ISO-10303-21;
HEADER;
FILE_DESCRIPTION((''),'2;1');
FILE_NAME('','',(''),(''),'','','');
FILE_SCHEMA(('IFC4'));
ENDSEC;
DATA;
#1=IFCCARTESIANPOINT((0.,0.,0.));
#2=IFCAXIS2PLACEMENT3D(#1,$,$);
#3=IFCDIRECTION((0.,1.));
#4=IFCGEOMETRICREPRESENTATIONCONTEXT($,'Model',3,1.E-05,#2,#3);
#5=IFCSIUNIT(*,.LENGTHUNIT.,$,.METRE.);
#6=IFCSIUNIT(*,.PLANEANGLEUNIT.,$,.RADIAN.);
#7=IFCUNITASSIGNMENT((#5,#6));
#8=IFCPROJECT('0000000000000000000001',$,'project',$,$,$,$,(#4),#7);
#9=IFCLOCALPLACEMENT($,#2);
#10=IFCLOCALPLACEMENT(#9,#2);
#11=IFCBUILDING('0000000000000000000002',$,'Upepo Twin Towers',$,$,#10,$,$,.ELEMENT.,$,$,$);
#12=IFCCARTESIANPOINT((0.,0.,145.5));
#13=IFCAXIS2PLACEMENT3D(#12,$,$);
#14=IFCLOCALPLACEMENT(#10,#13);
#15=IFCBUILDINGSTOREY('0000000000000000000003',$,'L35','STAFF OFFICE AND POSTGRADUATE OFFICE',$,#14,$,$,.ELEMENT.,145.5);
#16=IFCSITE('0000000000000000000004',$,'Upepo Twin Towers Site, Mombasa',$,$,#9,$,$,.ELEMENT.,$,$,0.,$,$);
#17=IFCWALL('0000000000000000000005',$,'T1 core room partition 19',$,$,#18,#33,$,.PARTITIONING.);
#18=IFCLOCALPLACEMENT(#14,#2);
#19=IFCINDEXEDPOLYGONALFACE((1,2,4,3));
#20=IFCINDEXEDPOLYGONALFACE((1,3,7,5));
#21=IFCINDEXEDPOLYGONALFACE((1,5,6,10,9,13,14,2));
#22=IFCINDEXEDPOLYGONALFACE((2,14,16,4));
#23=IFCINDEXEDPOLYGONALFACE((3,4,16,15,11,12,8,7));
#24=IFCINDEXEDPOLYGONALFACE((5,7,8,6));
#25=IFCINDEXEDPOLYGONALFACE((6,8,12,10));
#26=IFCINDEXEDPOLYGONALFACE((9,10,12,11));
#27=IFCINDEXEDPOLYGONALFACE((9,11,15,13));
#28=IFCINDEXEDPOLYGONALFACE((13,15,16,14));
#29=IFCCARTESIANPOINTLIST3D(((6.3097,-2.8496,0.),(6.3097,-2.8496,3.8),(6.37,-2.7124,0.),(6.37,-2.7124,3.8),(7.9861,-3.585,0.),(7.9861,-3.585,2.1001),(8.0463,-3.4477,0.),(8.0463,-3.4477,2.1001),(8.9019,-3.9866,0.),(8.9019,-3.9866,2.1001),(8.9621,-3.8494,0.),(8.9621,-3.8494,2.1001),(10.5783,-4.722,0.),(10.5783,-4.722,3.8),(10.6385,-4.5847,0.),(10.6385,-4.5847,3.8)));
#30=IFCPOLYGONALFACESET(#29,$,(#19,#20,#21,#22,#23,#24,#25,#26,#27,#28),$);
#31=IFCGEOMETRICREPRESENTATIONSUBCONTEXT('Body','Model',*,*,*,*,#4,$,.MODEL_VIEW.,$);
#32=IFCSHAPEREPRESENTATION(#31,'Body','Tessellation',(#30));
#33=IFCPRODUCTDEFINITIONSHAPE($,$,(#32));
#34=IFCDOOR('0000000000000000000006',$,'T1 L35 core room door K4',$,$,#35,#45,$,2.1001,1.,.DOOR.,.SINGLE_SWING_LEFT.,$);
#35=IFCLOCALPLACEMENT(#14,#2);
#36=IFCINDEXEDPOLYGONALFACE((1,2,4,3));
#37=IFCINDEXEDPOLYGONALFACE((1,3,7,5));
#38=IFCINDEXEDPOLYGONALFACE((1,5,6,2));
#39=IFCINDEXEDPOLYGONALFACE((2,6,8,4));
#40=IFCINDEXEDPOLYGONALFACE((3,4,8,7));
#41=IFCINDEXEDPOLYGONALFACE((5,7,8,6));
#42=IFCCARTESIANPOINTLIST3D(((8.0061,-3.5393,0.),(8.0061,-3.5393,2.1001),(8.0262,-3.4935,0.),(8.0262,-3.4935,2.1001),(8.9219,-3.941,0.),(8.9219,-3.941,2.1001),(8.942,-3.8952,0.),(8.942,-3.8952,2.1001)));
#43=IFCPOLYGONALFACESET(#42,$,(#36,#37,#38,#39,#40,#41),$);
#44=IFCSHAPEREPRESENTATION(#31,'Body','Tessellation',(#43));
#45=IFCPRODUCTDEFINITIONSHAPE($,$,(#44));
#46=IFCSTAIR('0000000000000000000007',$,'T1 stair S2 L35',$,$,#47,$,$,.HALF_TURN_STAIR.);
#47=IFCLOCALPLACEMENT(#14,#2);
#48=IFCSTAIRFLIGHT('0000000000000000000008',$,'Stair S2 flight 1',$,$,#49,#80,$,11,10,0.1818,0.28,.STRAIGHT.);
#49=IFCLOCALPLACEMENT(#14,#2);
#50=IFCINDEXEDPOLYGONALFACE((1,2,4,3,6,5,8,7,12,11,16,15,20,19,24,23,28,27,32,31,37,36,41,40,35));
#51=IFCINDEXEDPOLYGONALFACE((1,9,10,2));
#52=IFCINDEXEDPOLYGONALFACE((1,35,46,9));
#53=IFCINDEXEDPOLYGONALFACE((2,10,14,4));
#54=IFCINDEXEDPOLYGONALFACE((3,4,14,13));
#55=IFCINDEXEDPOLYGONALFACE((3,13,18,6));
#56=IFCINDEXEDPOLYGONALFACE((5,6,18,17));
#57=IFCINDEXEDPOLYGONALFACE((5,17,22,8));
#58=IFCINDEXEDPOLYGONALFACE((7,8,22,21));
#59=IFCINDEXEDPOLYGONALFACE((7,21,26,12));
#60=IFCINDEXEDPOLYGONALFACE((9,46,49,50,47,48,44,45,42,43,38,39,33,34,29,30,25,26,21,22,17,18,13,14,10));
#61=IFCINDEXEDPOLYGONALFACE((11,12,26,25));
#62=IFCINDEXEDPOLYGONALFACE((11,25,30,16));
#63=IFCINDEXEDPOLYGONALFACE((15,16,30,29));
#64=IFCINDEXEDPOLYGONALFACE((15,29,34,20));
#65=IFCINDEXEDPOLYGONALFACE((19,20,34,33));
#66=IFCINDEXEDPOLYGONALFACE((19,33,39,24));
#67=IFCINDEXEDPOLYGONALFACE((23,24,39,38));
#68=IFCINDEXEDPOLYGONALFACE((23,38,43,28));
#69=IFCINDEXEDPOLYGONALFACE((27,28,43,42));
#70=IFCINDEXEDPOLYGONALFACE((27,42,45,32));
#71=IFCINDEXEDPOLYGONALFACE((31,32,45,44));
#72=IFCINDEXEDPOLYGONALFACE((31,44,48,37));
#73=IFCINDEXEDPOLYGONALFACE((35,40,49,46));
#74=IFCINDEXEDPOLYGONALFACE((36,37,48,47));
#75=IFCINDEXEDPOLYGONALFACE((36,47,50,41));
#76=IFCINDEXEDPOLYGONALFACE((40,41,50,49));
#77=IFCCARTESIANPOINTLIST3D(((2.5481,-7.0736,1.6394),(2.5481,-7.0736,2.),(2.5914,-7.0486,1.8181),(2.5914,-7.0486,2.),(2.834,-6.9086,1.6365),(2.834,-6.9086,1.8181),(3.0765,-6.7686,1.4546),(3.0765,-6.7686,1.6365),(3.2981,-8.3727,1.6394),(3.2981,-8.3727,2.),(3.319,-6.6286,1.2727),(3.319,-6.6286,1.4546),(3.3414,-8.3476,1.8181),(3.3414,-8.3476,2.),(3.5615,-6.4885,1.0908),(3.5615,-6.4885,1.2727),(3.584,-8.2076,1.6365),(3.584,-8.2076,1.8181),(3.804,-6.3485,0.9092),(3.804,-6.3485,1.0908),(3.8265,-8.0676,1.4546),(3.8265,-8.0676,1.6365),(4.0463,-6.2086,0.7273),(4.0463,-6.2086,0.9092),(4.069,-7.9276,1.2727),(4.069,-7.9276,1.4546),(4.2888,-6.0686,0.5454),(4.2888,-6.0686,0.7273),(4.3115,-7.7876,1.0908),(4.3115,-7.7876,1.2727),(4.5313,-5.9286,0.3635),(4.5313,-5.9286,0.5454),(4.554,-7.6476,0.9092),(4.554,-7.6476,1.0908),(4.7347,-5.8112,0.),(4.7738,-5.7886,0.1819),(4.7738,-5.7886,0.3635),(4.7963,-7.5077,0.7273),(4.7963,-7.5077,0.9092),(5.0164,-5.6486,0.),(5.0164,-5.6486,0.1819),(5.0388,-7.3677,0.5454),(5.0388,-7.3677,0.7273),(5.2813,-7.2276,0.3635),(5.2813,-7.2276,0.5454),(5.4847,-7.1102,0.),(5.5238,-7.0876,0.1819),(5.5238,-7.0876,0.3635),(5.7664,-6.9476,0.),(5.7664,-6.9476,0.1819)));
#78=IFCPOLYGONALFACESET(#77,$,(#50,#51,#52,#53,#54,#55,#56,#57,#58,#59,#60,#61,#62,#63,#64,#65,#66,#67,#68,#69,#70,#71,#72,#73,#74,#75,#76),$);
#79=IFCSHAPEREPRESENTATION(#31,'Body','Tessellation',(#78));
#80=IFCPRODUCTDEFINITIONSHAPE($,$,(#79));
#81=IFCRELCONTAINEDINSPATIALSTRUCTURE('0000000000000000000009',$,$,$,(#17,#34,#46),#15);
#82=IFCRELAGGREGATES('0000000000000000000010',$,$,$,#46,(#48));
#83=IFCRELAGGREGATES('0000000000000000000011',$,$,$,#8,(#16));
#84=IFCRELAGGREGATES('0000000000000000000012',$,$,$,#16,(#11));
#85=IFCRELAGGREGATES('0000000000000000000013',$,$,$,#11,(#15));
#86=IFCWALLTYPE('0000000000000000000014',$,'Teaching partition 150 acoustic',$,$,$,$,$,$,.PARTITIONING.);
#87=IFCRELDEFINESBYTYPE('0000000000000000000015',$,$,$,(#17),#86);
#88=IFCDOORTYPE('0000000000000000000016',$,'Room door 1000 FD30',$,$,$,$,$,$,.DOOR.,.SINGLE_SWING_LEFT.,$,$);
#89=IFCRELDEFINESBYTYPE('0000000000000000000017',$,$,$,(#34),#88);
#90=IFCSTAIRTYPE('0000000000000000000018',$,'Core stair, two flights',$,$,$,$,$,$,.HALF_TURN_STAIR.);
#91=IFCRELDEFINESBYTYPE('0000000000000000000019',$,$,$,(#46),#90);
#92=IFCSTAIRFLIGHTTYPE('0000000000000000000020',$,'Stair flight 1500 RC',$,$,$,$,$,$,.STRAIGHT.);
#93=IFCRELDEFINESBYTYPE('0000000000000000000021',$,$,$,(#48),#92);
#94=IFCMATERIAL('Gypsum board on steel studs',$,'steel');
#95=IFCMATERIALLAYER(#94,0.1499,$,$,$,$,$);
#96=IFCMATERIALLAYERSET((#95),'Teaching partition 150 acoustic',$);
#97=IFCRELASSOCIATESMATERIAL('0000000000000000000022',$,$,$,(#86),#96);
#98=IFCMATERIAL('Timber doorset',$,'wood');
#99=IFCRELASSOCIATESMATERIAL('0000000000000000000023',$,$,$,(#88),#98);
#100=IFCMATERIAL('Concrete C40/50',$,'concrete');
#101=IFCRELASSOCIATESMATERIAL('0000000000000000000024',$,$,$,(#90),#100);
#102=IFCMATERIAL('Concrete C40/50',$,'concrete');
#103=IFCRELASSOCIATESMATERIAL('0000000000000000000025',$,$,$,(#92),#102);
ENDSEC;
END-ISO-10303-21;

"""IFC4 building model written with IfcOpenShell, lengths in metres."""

from ifc_helpers import new_model, si_unit, direction, frame, frame_2d, origin, place, context, subcontext, project, spatial, polyline, rectangle, outline, extrude, material, layer, layer_set, type_object, element, fill, aggregate, save


model = new_model("IFC4")

# Units and contexts
model_context = context("Model", 3, precision=1e-05, world=origin(), true_north=direction((0.0, 1.0)))
body_context = subcontext(model_context, "Body", "Model", "MODEL_VIEW")
ifc_project = project(units=[si_unit("LENGTHUNIT", "METRE"), si_unit("PLANEANGLEUNIT", "RADIAN")], contexts=[model_context])

# Site, building, storey
site_placement = place(None, origin())
site = spatial("IfcSite", under=ifc_project, at=site_placement, Name="Upepo Twin Towers Site, Mombasa", CompositionType="ELEMENT", RefElevation=0.0)
building_placement = place(site_placement, origin())
building = spatial("IfcBuilding", under=site, at=building_placement, Name="Upepo Twin Towers", CompositionType="ELEMENT")
storey_placement = place(building_placement, frame((0.0, 0.0, 145.5)))
storey = spatial("IfcBuildingStorey", under=building, at=storey_placement, Name="L35", Description="STAFF OFFICE AND POSTGRADUATE OFFICE", CompositionType="ELEMENT", Elevation=145.5)

# Shared definitions
ifc_material_1 = material(Name="Gypsum board on steel studs", Category="steel")
ifc_layer_1 = layer(ifc_material_1, 0.1499)
ifc_layer_set_1 = layer_set([ifc_layer_1], Name="Teaching partition 150 acoustic")
wall_type_1 = type_object("IfcWallType", Name="Teaching partition 150 acoustic", PredefinedType="PARTITIONING", material=ifc_layer_set_1)

# Shared definitions
ifc_material_2 = material(Name="Timber doorset", Category="wood")
door_type_1 = type_object("IfcDoorType", Name="Room door 1000 FD30", OperationType="SINGLE_SWING_LEFT", PredefinedType="DOOR", material=ifc_material_2)

# Wall, opening, door
wall_1_placement = place(storey_placement, frame((6.3398, -2.781, 0.0), z_axis=(0.0, 0.0, 1.0), x_axis=(0.915777, -0.401687, 0.0)))
wall_1 = element("IfcWall", 1, at=wall_1_placement, inside=storey, type_object=wall_type_1, Name="T1 core room partition 19", PredefinedType="PARTITIONING", context=body_context, shape_type="SweptSolid", body=[
    extrude(rectangle(XDim=4.6611, YDim=0.1499, at=frame_2d((2.3306, 0.0))), origin(), (0.0, 0.0, 1.0), 3.8),
])
opening_1_placement = place(wall_1_placement, frame((1.8306, 0.0, 0.0)))
opening_1 = element("IfcOpeningElement", 2, at=opening_1_placement, cuts=wall_1, PredefinedType="OPENING", context=body_context, shape_type="SweptSolid", body=[
    extrude(rectangle(XDim=1.0, YDim=2.1001, at=frame_2d((0.5, 1.05))), frame((0.0, 0.085, 0.0), z_axis=(0.0, -1.0, 0.0), x_axis=(1.0, 0.0, 0.0)), (0.0, 0.0, 1.0), 0.1699),
])
door_1_placement = place(opening_1_placement, origin())
door_1 = element("IfcDoor", 3, at=door_1_placement, inside=storey, type_object=door_type_1, Name="T1 L35 core room door K4", OperationType="SINGLE_SWING_LEFT", OverallHeight=2.1001, OverallWidth=1.0, PredefinedType="DOOR", context=body_context, shape_type="SweptSolid", body=[
    extrude(rectangle(XDim=1.0, YDim=2.1001, at=frame_2d((0.5, 1.05))), frame((0.0, 0.0249, 0.0), z_axis=(0.0, -1.0, 0.0), x_axis=(1.0, 0.0, 0.0)), (0.0, 0.0, 1.0), 0.05),
])
fill(opening_1, door_1)

# Stair, stair flight
ifc_material_3 = material(Name="Concrete C40/50", Category="concrete")
stair_type = type_object("IfcStairType", Name="Core stair, two flights", PredefinedType="HALF_TURN_STAIR", material=ifc_material_3)
stair_placement = place(storey_placement, origin())
stair = element("IfcStair", 4, at=stair_placement, inside=storey, type_object=stair_type, Name="T1 stair S2 L35", PredefinedType="HALF_TURN_STAIR")
ifc_material_4 = material(Name="Concrete C40/50", Category="concrete")
stair_flight_type = type_object("IfcStairFlightType", Name="Stair flight 1500 RC", PredefinedType="STRAIGHT", material=ifc_material_4)
stair_flight_placement = place(storey_placement, frame((5.3914, -6.2981, 0.0), z_axis=(0.0, 0.0, 1.0), x_axis=(-0.866025, -0.5, 0.0)))
stair_flight = element("IfcStairFlight", 5, at=stair_flight_placement, type_object=stair_flight_type, Name="Stair S2 flight 1", NumberOfRisers=11, NumberOfTreads=10, PredefinedType="STRAIGHT", RiserHeight=0.1818, TreadLength=0.28, context=body_context, shape_type="SweptSolid", body=[
    extrude(outline(polyline([(0.0, 0.0), (0.0, 0.1819), (0.28, 0.1819), (0.28, 0.3635), (0.5601, 0.3635), (0.5601, 0.5454), (0.8401, 0.5454), (0.8401, 0.7273), (1.1201, 0.7273), (1.1201, 0.9092), (1.3999, 0.9092), (1.3999, 1.0908), (1.6799, 1.0908), (1.6799, 1.2727), (1.96, 1.2727), (1.96, 1.4546), (2.24, 1.4546), (2.24, 1.6365), (2.52, 1.6365), (2.52, 1.8181), (2.8, 1.8181), (2.8, 2.0), (2.8501, 2.0), (2.8501, 1.6394), (0.3252, 0.0), (0.0, 0.0)])), frame((0.0, 0.75, 0.0), z_axis=(0.0, -1.0, 0.0), x_axis=(1.0, 0.0, 0.0)), (0.0, 0.0, 1.0), 1.5),
])
aggregate(stair, [stair_flight])

save(model, "model.ifc")
